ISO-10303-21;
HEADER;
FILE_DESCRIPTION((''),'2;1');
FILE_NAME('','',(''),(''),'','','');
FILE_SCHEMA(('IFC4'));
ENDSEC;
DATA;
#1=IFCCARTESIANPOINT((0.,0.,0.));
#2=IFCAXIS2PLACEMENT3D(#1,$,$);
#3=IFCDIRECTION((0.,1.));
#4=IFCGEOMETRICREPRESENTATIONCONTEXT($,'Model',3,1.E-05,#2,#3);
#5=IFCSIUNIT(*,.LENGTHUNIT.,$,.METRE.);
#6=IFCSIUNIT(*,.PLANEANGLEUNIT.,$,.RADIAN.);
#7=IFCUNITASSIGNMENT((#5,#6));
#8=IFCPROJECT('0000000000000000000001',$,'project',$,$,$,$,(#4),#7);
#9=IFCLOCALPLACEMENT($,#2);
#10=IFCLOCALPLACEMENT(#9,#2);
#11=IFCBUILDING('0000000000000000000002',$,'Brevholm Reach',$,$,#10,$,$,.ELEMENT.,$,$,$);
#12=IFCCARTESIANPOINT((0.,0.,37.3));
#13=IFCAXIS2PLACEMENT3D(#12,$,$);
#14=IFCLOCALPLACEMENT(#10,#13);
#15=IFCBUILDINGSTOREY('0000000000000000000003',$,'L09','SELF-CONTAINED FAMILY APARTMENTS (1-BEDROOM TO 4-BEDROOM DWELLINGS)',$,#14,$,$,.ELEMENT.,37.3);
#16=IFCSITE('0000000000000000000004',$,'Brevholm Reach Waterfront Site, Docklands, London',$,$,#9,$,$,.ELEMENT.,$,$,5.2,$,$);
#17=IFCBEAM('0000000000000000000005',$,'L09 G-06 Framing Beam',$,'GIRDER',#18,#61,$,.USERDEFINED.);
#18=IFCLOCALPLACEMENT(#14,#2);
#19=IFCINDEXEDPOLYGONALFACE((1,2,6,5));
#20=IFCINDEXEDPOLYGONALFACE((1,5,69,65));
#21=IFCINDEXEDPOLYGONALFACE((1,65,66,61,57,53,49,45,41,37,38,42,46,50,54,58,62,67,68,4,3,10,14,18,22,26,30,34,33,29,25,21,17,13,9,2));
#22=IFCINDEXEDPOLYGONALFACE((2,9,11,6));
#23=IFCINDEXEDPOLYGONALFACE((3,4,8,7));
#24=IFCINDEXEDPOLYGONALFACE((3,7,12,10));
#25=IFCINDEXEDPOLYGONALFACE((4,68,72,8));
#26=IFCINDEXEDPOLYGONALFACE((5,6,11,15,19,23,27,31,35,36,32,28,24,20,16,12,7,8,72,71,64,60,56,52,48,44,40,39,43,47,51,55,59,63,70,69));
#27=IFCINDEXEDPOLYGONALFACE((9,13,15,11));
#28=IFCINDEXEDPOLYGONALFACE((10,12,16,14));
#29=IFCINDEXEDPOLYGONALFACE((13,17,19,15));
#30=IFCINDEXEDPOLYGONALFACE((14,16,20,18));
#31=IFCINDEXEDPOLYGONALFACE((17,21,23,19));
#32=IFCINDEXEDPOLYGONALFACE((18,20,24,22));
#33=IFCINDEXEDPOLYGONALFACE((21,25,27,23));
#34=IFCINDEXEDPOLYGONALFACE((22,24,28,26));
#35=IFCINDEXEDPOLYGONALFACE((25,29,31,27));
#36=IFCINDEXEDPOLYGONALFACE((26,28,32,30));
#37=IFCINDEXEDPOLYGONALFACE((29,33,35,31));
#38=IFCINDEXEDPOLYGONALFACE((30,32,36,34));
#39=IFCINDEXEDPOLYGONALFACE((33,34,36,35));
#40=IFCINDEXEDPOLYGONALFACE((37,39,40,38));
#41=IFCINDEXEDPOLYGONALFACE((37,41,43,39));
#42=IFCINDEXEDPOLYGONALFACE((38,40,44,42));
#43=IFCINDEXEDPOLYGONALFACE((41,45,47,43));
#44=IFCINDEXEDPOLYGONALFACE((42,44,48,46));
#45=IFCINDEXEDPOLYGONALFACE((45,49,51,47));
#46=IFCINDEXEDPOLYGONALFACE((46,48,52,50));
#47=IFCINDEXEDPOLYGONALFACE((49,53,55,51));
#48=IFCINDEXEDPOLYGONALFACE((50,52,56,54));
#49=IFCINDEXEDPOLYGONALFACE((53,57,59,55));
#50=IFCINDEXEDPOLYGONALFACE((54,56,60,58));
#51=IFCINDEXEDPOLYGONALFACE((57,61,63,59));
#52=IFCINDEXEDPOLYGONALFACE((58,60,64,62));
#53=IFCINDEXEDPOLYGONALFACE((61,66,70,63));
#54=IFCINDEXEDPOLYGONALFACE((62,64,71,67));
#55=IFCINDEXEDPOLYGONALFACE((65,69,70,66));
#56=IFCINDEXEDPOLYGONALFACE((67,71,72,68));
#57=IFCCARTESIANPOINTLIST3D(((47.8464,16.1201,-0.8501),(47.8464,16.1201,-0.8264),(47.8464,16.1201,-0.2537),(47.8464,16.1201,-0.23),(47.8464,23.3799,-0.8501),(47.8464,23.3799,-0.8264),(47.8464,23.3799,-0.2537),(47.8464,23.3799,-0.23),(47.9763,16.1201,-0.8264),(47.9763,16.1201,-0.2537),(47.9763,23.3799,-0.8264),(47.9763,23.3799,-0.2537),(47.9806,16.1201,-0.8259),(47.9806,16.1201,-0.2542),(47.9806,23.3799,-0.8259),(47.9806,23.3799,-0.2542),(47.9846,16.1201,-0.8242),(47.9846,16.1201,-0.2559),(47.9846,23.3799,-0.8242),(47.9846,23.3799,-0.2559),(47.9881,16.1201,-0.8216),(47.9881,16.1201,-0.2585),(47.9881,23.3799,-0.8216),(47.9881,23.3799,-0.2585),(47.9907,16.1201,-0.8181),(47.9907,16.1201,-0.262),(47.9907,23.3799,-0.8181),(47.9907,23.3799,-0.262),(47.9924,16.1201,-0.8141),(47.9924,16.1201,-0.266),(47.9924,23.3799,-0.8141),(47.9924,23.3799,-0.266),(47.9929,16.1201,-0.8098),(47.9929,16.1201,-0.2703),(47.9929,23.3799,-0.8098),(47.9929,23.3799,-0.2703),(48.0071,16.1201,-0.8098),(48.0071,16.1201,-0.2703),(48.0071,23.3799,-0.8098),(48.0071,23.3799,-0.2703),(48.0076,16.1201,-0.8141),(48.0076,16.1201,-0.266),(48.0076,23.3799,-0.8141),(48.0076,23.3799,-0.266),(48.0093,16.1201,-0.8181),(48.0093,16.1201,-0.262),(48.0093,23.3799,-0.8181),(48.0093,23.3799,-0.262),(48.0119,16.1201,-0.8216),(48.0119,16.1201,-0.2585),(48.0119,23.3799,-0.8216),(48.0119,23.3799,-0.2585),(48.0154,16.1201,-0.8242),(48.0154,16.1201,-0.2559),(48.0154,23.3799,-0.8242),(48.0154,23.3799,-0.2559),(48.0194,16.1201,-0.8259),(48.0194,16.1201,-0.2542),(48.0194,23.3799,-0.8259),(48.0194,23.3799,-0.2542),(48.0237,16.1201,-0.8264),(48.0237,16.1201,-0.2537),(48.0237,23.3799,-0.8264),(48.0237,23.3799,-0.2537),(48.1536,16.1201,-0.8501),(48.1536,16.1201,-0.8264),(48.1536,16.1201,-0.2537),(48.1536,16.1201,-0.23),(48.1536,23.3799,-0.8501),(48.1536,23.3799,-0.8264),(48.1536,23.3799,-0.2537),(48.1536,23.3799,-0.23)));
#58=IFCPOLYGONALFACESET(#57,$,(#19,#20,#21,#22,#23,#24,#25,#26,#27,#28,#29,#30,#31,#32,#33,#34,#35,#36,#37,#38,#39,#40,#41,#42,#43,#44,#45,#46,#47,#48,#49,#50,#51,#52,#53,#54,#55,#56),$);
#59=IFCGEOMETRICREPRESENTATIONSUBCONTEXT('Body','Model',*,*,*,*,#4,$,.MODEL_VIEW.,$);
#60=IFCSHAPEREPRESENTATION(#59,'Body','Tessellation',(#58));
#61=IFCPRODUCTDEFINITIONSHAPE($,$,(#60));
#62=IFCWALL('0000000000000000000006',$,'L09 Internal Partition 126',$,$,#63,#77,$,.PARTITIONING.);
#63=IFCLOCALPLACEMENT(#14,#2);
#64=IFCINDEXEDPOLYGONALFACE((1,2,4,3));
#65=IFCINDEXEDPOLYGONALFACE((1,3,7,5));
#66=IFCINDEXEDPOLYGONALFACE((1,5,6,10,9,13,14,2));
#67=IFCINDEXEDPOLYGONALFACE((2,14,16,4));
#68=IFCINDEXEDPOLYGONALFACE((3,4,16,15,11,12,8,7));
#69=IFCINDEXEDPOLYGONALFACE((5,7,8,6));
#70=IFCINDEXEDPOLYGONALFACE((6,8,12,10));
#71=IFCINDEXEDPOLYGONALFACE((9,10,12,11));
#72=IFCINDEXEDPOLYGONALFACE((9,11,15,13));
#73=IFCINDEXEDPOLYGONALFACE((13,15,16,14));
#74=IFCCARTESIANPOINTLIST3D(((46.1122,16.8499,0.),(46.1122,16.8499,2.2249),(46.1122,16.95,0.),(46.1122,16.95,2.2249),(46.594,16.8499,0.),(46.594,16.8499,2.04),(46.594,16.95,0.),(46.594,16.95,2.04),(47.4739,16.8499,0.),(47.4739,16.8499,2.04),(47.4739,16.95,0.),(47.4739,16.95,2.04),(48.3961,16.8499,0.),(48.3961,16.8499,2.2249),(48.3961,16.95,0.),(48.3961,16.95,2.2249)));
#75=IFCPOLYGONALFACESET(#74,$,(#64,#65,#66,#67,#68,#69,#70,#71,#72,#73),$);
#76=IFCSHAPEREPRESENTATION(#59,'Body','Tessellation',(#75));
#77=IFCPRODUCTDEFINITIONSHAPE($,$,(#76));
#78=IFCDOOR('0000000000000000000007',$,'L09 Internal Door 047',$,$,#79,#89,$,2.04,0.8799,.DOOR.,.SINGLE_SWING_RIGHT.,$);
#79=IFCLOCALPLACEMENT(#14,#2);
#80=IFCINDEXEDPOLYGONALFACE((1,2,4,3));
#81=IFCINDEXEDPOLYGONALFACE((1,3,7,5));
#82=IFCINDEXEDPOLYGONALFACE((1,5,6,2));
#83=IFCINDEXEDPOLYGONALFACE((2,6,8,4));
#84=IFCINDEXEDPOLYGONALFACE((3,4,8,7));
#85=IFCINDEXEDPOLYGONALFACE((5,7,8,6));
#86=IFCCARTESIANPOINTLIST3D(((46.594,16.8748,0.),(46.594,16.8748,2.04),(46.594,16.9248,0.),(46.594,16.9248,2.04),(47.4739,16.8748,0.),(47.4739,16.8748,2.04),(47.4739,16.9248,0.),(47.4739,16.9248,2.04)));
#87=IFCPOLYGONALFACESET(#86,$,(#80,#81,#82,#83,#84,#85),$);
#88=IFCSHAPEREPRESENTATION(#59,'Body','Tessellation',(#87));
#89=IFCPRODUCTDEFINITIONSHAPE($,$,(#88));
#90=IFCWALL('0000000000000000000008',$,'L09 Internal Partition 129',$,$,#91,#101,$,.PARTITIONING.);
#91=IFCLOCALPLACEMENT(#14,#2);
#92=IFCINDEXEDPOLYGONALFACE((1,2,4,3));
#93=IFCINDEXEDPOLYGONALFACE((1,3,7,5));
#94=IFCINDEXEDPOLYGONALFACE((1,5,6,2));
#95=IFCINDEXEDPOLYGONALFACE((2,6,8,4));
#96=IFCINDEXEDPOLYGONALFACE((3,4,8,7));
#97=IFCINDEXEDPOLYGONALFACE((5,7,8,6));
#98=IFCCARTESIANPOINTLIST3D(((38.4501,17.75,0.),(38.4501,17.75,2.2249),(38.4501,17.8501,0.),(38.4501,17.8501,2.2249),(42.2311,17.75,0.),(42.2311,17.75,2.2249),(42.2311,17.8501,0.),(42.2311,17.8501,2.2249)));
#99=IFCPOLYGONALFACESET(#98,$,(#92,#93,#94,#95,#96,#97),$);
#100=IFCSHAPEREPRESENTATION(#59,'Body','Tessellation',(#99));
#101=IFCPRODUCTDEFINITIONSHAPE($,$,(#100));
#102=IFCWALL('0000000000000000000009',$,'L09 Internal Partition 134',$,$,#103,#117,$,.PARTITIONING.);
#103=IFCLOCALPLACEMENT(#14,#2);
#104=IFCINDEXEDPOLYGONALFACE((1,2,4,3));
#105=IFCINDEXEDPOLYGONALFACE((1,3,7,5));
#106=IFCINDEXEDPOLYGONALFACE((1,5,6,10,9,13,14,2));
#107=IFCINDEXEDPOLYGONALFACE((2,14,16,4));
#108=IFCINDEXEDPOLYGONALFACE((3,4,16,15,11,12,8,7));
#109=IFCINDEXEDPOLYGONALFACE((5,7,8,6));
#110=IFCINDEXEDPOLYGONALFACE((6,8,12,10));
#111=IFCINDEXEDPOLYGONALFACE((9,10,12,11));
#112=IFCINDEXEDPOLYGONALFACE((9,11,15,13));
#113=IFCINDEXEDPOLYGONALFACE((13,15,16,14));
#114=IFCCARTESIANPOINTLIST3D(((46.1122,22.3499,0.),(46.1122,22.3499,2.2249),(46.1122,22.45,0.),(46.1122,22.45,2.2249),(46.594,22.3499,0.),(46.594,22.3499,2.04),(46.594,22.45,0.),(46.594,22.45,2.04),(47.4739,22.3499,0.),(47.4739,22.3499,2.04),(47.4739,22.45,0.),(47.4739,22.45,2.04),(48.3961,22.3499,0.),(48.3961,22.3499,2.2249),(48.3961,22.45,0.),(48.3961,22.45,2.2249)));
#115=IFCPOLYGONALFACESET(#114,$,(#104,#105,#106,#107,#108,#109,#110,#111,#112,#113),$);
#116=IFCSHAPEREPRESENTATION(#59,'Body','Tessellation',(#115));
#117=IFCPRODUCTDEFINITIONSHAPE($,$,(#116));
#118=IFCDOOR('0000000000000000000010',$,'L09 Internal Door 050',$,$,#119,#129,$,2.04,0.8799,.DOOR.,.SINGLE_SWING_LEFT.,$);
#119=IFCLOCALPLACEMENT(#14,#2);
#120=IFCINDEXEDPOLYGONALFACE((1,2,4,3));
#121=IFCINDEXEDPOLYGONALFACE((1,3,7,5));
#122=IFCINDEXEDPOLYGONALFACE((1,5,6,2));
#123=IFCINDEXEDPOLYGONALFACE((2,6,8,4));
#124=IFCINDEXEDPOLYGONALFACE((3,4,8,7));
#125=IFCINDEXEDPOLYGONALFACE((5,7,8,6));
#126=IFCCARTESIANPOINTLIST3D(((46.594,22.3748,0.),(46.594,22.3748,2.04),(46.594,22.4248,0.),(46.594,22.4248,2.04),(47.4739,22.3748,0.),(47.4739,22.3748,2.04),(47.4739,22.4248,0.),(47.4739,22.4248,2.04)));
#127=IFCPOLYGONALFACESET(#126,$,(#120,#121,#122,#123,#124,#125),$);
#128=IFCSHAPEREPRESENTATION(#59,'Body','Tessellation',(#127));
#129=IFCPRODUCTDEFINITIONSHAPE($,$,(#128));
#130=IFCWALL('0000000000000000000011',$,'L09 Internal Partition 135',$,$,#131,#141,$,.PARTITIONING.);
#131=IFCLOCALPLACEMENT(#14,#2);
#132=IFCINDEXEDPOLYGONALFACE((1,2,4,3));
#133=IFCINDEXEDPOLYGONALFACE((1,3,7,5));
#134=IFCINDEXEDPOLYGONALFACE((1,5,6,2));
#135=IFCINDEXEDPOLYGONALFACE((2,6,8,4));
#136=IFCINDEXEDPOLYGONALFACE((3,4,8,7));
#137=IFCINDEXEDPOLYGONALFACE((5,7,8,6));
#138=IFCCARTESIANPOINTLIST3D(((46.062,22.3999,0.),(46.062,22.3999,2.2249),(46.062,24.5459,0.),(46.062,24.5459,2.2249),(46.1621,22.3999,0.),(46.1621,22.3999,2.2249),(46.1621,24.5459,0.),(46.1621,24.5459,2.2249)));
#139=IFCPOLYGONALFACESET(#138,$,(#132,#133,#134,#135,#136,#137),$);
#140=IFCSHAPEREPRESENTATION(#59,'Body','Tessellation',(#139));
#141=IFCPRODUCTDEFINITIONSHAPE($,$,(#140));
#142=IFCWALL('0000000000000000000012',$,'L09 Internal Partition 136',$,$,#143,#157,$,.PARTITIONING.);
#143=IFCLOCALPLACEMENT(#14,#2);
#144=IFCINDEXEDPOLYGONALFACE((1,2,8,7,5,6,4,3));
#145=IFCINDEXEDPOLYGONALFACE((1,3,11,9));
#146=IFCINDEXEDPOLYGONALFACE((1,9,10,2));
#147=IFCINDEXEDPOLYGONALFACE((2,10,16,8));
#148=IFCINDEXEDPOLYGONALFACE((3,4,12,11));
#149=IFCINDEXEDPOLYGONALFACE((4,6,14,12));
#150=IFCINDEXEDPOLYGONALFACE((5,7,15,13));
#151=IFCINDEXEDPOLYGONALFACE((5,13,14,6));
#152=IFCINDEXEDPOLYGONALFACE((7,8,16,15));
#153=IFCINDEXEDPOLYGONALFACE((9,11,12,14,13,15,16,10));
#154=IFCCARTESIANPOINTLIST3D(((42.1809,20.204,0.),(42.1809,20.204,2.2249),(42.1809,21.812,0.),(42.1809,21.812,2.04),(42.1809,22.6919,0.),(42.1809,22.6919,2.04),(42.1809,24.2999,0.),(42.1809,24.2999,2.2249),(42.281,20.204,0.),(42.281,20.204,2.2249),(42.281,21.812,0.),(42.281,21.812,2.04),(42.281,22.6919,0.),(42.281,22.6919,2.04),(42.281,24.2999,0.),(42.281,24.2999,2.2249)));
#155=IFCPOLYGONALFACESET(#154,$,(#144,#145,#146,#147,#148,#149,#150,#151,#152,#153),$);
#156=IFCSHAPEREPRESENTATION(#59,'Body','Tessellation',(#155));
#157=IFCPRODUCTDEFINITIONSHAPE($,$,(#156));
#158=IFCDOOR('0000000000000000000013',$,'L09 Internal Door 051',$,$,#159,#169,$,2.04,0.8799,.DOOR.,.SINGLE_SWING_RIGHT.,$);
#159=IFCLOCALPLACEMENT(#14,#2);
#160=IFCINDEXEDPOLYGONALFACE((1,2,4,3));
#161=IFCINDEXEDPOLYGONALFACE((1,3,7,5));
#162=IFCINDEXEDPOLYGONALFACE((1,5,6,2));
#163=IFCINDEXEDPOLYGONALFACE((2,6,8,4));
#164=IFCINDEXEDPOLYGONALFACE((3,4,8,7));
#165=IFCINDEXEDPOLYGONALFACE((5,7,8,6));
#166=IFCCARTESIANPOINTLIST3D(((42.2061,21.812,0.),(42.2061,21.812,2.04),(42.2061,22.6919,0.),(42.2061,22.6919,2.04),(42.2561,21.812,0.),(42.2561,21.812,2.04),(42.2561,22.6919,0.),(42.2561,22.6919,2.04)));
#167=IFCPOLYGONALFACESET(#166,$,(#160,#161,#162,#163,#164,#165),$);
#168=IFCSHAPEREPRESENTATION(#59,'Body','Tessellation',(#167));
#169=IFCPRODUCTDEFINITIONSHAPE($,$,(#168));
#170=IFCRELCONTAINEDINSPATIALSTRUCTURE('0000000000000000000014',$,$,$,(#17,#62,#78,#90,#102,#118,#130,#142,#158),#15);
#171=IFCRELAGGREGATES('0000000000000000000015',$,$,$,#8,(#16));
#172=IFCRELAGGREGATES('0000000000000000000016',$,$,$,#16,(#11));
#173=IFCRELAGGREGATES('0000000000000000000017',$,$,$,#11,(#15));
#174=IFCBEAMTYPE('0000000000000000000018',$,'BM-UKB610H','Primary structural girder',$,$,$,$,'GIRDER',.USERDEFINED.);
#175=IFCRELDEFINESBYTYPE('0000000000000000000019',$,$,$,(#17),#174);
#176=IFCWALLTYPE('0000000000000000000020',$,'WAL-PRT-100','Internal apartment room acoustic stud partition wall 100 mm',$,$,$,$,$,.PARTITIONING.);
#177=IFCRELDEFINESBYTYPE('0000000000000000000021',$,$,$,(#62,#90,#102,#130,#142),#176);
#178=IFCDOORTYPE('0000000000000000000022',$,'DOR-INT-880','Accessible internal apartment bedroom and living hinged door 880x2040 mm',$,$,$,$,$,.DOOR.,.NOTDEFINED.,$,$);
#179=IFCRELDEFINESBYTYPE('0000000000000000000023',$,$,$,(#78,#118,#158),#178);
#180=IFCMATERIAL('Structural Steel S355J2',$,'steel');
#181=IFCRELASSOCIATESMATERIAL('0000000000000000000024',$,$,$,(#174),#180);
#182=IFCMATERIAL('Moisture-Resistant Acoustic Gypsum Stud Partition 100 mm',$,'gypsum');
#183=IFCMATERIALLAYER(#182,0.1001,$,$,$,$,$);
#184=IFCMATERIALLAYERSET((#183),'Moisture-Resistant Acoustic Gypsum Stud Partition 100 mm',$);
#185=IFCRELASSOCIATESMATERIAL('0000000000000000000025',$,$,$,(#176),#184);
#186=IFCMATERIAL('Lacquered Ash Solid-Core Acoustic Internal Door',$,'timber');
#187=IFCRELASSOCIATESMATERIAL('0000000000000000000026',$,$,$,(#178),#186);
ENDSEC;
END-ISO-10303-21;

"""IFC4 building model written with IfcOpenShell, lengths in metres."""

from ifc_helpers import new_model, si_unit, direction, frame, frame_2d, origin, origin_2d, place, context, subcontext, project, spatial, rectangle, i_section, extrude, material, layer, layer_set, material_profile, profile_set, type_object, element, fill, save


model = new_model("IFC4")

# Units and contexts
model_context = context("Model", 3, precision=1e-05, world=origin(), true_north=direction((0.0, 1.0)))
body_context = subcontext(model_context, "Body", "Model", "MODEL_VIEW")
ifc_project = project(units=[si_unit("LENGTHUNIT", "METRE"), si_unit("PLANEANGLEUNIT", "RADIAN")], contexts=[model_context])

# Site, building, storey
site_placement = place(None, origin())
site = spatial("IfcSite", under=ifc_project, at=site_placement, Name="Brevholm Reach Waterfront Site, Docklands, London", CompositionType="ELEMENT", RefElevation=5.2)
building_placement = place(site_placement, origin())
building = spatial("IfcBuilding", under=site, at=building_placement, Name="Brevholm Reach", CompositionType="ELEMENT")
storey_placement = place(building_placement, frame((0.0, 0.0, 37.3)))
storey = spatial("IfcBuildingStorey", under=building, at=storey_placement, Name="L09", Description="SELF-CONTAINED FAMILY APARTMENTS (1-BEDROOM TO 4-BEDROOM DWELLINGS)", CompositionType="ELEMENT", Elevation=37.3)

# Beam
ifc_material_1 = material(Name="Structural Steel S355J2", Category="steel")
ifc_material_profile_1 = material_profile(ifc_material_1, i_section(OverallWidth=0.3071, OverallDepth=0.6201, WebThickness=0.0142, FlangeThickness=0.0237, FilletRadius=0.0166, at=origin_2d()), Name="UKB 610x305x179")
ifc_profile_set_1 = profile_set([ifc_material_profile_1], Name="Structural Steel S355J2")
beam_type_1 = type_object("IfcBeamType", Name="BM-UKB610H", Description="Primary structural girder", ElementType="GIRDER", PredefinedType="USERDEFINED", material=ifc_profile_set_1)
for number, where, z_axis, x_axis, name in (
    (1, (48.0, 16.1201, -0.54), (0.0, 1.0, 0.0), (-1.0, 0.0, 0.0), "L09 G-06 Framing Beam"),
):
    element("IfcBeam", number, at=place(storey_placement, frame(where, z_axis=z_axis, x_axis=x_axis)), inside=storey, type_object=beam_type_1, Name=name, ObjectType="GIRDER", PredefinedType="USERDEFINED", context=body_context, shape_type="SweptSolid", body=[
        extrude(i_section(OverallWidth=0.3071, OverallDepth=0.6201, WebThickness=0.0142, FlangeThickness=0.0237, FilletRadius=0.0166, at=origin_2d()), origin(), (0.0, 0.0, 1.0), 7.2598),
    ])

# Wall, opening, door
ifc_material_2 = material(Name="Moisture-Resistant Acoustic Gypsum Stud Partition 100 mm", Category="gypsum")
ifc_layer_1 = layer(ifc_material_2, 0.1001)
ifc_layer_set_1 = layer_set([ifc_layer_1], Name="Moisture-Resistant Acoustic Gypsum Stud Partition 100 mm")
wall_type_1 = type_object("IfcWallType", Name="WAL-PRT-100", Description="Internal apartment room acoustic stud partition wall 100 mm", PredefinedType="PARTITIONING", material=ifc_layer_set_1)
wall_1_placement = place(storey_placement, frame((46.1121, 16.8999, 0.0), z_axis=(0.0, 0.0, 1.0), x_axis=(1.0, 0.0, 0.0)))
wall_1 = element("IfcWall", 2, at=wall_1_placement, inside=storey, type_object=wall_type_1, Name="L09 Internal Partition 126", PredefinedType="PARTITIONING", context=body_context, shape_type="SweptSolid", body=[
    extrude(rectangle(XDim=2.2839, YDim=0.1001, at=frame_2d((1.1421, 0.0))), origin(), (0.0, 0.0, 1.0), 2.2249),
])
opening_1_placement = place(wall_1_placement, frame((0.4819, 0.0, 0.0)))
opening_1 = element("IfcOpeningElement", 3, at=opening_1_placement, cuts=wall_1, PredefinedType="OPENING", context=body_context, shape_type="SweptSolid", body=[
    extrude(rectangle(XDim=0.8799, YDim=2.04, at=frame_2d((0.4399, 1.02))), frame((0.0, 0.0601, 0.0), z_axis=(0.0, -1.0, 0.0), x_axis=(1.0, 0.0, 0.0)), (0.0, 0.0, 1.0), 0.1201),
])
ifc_material_3 = material(Name="Lacquered Ash Solid-Core Acoustic Internal Door", Category="timber")
door_type = type_object("IfcDoorType", Name="DOR-INT-880", Description="Accessible internal apartment bedroom and living hinged door 880x2040 mm", OperationType="NOTDEFINED", PredefinedType="DOOR", material=ifc_material_3)
door_1_placement = place(opening_1_placement, origin())
door_1 = element("IfcDoor", 4, at=door_1_placement, inside=storey, type_object=door_type, Name="L09 Internal Door 047", OperationType="SINGLE_SWING_RIGHT", OverallHeight=2.04, OverallWidth=0.8799, PredefinedType="DOOR", context=body_context, shape_type="SweptSolid", body=[
    extrude(rectangle(XDim=0.8799, YDim=2.04, at=frame_2d((0.4399, 1.02))), frame((0.0, 0.0249, 0.0), z_axis=(0.0, -1.0, 0.0), x_axis=(1.0, 0.0, 0.0)), (0.0, 0.0, 1.0), 0.05),
])
fill(opening_1, door_1)

# Wall
wall_2_placement = place(storey_placement, frame((38.45, 17.8, 0.0), z_axis=(0.0, 0.0, 1.0), x_axis=(1.0, 0.0, 0.0)))
element("IfcWall", 5, at=wall_2_placement, inside=storey, type_object=wall_type_1, Name="L09 Internal Partition 129", PredefinedType="PARTITIONING", context=body_context, shape_type="SweptSolid", body=[
    extrude(rectangle(XDim=3.781, YDim=0.1001, at=frame_2d((1.8906, 0.0))), origin(), (0.0, 0.0, 1.0), 2.2249),
])

# Wall, opening, door
wall_3_placement = place(storey_placement, frame((46.1121, 22.3999, 0.0), z_axis=(0.0, 0.0, 1.0), x_axis=(1.0, 0.0, 0.0)))
wall_3 = element("IfcWall", 6, at=wall_3_placement, inside=storey, type_object=wall_type_1, Name="L09 Internal Partition 134", PredefinedType="PARTITIONING", context=body_context, shape_type="SweptSolid", body=[
    extrude(rectangle(XDim=2.2839, YDim=0.1001, at=frame_2d((1.1421, 0.0))), origin(), (0.0, 0.0, 1.0), 2.2249),
])
opening_2_placement = place(wall_3_placement, frame((0.4819, 0.0, 0.0)))
opening_2 = element("IfcOpeningElement", 7, at=opening_2_placement, cuts=wall_3, PredefinedType="OPENING", context=body_context, shape_type="SweptSolid", body=[
    extrude(rectangle(XDim=0.8799, YDim=2.04, at=frame_2d((0.4399, 1.02))), frame((0.0, 0.0601, 0.0), z_axis=(0.0, -1.0, 0.0), x_axis=(1.0, 0.0, 0.0)), (0.0, 0.0, 1.0), 0.1201),
])
door_2_placement = place(opening_2_placement, origin())
door_2 = element("IfcDoor", 8, at=door_2_placement, inside=storey, type_object=door_type, Name="L09 Internal Door 050", OperationType="SINGLE_SWING_LEFT", OverallHeight=2.04, OverallWidth=0.8799, PredefinedType="DOOR", context=body_context, shape_type="SweptSolid", body=[
    extrude(rectangle(XDim=0.8799, YDim=2.04, at=frame_2d((0.4399, 1.02))), frame((0.0, 0.0249, 0.0), z_axis=(0.0, -1.0, 0.0), x_axis=(1.0, 0.0, 0.0)), (0.0, 0.0, 1.0), 0.05),
])
fill(opening_2, door_2)

# Wall
wall_4_placement = place(storey_placement, frame((46.1121, 22.3999, 0.0), z_axis=(0.0, 0.0, 1.0), x_axis=(0.0, 1.0, 0.0)))
element("IfcWall", 9, at=wall_4_placement, inside=storey, type_object=wall_type_1, Name="L09 Internal Partition 135", PredefinedType="PARTITIONING", context=body_context, shape_type="SweptSolid", body=[
    extrude(rectangle(XDim=2.146, YDim=0.1001, at=frame_2d((1.073, 0.0))), origin(), (0.0, 0.0, 1.0), 2.2249),
])

# Wall, opening, door
wall_5_placement = place(storey_placement, frame((42.231, 20.2041, 0.0), z_axis=(0.0, 0.0, 1.0), x_axis=(0.0, 1.0, 0.0)))
wall_5 = element("IfcWall", 10, at=wall_5_placement, inside=storey, type_object=wall_type_1, Name="L09 Internal Partition 136", PredefinedType="PARTITIONING", context=body_context, shape_type="SweptSolid", body=[
    extrude(rectangle(XDim=4.0959, YDim=0.1001, at=frame_2d((2.0479, 0.0))), origin(), (0.0, 0.0, 1.0), 2.2249),
])
opening_3_placement = place(wall_5_placement, frame((1.6079, 0.0, 0.0)))
opening_3 = element("IfcOpeningElement", 11, at=opening_3_placement, cuts=wall_5, PredefinedType="OPENING", context=body_context, shape_type="SweptSolid", body=[
    extrude(rectangle(XDim=0.8799, YDim=2.04, at=frame_2d((0.4399, 1.02))), frame((0.0, 0.0601, 0.0), z_axis=(0.0, -1.0, 0.0), x_axis=(1.0, 0.0, 0.0)), (0.0, 0.0, 1.0), 0.1201),
])
door_3_placement = place(opening_3_placement, origin())
door_3 = element("IfcDoor", 12, at=door_3_placement, inside=storey, type_object=door_type, Name="L09 Internal Door 051", OperationType="SINGLE_SWING_RIGHT", OverallHeight=2.04, OverallWidth=0.8799, PredefinedType="DOOR", context=body_context, shape_type="SweptSolid", body=[
    extrude(rectangle(XDim=0.8799, YDim=2.04, at=frame_2d((0.4399, 1.02))), frame((0.0, 0.0249, 0.0), z_axis=(0.0, -1.0, 0.0), x_axis=(1.0, 0.0, 0.0)), (0.0, 0.0, 1.0), 0.05),
])
fill(opening_3, door_3)

save(model, "model.ifc")
